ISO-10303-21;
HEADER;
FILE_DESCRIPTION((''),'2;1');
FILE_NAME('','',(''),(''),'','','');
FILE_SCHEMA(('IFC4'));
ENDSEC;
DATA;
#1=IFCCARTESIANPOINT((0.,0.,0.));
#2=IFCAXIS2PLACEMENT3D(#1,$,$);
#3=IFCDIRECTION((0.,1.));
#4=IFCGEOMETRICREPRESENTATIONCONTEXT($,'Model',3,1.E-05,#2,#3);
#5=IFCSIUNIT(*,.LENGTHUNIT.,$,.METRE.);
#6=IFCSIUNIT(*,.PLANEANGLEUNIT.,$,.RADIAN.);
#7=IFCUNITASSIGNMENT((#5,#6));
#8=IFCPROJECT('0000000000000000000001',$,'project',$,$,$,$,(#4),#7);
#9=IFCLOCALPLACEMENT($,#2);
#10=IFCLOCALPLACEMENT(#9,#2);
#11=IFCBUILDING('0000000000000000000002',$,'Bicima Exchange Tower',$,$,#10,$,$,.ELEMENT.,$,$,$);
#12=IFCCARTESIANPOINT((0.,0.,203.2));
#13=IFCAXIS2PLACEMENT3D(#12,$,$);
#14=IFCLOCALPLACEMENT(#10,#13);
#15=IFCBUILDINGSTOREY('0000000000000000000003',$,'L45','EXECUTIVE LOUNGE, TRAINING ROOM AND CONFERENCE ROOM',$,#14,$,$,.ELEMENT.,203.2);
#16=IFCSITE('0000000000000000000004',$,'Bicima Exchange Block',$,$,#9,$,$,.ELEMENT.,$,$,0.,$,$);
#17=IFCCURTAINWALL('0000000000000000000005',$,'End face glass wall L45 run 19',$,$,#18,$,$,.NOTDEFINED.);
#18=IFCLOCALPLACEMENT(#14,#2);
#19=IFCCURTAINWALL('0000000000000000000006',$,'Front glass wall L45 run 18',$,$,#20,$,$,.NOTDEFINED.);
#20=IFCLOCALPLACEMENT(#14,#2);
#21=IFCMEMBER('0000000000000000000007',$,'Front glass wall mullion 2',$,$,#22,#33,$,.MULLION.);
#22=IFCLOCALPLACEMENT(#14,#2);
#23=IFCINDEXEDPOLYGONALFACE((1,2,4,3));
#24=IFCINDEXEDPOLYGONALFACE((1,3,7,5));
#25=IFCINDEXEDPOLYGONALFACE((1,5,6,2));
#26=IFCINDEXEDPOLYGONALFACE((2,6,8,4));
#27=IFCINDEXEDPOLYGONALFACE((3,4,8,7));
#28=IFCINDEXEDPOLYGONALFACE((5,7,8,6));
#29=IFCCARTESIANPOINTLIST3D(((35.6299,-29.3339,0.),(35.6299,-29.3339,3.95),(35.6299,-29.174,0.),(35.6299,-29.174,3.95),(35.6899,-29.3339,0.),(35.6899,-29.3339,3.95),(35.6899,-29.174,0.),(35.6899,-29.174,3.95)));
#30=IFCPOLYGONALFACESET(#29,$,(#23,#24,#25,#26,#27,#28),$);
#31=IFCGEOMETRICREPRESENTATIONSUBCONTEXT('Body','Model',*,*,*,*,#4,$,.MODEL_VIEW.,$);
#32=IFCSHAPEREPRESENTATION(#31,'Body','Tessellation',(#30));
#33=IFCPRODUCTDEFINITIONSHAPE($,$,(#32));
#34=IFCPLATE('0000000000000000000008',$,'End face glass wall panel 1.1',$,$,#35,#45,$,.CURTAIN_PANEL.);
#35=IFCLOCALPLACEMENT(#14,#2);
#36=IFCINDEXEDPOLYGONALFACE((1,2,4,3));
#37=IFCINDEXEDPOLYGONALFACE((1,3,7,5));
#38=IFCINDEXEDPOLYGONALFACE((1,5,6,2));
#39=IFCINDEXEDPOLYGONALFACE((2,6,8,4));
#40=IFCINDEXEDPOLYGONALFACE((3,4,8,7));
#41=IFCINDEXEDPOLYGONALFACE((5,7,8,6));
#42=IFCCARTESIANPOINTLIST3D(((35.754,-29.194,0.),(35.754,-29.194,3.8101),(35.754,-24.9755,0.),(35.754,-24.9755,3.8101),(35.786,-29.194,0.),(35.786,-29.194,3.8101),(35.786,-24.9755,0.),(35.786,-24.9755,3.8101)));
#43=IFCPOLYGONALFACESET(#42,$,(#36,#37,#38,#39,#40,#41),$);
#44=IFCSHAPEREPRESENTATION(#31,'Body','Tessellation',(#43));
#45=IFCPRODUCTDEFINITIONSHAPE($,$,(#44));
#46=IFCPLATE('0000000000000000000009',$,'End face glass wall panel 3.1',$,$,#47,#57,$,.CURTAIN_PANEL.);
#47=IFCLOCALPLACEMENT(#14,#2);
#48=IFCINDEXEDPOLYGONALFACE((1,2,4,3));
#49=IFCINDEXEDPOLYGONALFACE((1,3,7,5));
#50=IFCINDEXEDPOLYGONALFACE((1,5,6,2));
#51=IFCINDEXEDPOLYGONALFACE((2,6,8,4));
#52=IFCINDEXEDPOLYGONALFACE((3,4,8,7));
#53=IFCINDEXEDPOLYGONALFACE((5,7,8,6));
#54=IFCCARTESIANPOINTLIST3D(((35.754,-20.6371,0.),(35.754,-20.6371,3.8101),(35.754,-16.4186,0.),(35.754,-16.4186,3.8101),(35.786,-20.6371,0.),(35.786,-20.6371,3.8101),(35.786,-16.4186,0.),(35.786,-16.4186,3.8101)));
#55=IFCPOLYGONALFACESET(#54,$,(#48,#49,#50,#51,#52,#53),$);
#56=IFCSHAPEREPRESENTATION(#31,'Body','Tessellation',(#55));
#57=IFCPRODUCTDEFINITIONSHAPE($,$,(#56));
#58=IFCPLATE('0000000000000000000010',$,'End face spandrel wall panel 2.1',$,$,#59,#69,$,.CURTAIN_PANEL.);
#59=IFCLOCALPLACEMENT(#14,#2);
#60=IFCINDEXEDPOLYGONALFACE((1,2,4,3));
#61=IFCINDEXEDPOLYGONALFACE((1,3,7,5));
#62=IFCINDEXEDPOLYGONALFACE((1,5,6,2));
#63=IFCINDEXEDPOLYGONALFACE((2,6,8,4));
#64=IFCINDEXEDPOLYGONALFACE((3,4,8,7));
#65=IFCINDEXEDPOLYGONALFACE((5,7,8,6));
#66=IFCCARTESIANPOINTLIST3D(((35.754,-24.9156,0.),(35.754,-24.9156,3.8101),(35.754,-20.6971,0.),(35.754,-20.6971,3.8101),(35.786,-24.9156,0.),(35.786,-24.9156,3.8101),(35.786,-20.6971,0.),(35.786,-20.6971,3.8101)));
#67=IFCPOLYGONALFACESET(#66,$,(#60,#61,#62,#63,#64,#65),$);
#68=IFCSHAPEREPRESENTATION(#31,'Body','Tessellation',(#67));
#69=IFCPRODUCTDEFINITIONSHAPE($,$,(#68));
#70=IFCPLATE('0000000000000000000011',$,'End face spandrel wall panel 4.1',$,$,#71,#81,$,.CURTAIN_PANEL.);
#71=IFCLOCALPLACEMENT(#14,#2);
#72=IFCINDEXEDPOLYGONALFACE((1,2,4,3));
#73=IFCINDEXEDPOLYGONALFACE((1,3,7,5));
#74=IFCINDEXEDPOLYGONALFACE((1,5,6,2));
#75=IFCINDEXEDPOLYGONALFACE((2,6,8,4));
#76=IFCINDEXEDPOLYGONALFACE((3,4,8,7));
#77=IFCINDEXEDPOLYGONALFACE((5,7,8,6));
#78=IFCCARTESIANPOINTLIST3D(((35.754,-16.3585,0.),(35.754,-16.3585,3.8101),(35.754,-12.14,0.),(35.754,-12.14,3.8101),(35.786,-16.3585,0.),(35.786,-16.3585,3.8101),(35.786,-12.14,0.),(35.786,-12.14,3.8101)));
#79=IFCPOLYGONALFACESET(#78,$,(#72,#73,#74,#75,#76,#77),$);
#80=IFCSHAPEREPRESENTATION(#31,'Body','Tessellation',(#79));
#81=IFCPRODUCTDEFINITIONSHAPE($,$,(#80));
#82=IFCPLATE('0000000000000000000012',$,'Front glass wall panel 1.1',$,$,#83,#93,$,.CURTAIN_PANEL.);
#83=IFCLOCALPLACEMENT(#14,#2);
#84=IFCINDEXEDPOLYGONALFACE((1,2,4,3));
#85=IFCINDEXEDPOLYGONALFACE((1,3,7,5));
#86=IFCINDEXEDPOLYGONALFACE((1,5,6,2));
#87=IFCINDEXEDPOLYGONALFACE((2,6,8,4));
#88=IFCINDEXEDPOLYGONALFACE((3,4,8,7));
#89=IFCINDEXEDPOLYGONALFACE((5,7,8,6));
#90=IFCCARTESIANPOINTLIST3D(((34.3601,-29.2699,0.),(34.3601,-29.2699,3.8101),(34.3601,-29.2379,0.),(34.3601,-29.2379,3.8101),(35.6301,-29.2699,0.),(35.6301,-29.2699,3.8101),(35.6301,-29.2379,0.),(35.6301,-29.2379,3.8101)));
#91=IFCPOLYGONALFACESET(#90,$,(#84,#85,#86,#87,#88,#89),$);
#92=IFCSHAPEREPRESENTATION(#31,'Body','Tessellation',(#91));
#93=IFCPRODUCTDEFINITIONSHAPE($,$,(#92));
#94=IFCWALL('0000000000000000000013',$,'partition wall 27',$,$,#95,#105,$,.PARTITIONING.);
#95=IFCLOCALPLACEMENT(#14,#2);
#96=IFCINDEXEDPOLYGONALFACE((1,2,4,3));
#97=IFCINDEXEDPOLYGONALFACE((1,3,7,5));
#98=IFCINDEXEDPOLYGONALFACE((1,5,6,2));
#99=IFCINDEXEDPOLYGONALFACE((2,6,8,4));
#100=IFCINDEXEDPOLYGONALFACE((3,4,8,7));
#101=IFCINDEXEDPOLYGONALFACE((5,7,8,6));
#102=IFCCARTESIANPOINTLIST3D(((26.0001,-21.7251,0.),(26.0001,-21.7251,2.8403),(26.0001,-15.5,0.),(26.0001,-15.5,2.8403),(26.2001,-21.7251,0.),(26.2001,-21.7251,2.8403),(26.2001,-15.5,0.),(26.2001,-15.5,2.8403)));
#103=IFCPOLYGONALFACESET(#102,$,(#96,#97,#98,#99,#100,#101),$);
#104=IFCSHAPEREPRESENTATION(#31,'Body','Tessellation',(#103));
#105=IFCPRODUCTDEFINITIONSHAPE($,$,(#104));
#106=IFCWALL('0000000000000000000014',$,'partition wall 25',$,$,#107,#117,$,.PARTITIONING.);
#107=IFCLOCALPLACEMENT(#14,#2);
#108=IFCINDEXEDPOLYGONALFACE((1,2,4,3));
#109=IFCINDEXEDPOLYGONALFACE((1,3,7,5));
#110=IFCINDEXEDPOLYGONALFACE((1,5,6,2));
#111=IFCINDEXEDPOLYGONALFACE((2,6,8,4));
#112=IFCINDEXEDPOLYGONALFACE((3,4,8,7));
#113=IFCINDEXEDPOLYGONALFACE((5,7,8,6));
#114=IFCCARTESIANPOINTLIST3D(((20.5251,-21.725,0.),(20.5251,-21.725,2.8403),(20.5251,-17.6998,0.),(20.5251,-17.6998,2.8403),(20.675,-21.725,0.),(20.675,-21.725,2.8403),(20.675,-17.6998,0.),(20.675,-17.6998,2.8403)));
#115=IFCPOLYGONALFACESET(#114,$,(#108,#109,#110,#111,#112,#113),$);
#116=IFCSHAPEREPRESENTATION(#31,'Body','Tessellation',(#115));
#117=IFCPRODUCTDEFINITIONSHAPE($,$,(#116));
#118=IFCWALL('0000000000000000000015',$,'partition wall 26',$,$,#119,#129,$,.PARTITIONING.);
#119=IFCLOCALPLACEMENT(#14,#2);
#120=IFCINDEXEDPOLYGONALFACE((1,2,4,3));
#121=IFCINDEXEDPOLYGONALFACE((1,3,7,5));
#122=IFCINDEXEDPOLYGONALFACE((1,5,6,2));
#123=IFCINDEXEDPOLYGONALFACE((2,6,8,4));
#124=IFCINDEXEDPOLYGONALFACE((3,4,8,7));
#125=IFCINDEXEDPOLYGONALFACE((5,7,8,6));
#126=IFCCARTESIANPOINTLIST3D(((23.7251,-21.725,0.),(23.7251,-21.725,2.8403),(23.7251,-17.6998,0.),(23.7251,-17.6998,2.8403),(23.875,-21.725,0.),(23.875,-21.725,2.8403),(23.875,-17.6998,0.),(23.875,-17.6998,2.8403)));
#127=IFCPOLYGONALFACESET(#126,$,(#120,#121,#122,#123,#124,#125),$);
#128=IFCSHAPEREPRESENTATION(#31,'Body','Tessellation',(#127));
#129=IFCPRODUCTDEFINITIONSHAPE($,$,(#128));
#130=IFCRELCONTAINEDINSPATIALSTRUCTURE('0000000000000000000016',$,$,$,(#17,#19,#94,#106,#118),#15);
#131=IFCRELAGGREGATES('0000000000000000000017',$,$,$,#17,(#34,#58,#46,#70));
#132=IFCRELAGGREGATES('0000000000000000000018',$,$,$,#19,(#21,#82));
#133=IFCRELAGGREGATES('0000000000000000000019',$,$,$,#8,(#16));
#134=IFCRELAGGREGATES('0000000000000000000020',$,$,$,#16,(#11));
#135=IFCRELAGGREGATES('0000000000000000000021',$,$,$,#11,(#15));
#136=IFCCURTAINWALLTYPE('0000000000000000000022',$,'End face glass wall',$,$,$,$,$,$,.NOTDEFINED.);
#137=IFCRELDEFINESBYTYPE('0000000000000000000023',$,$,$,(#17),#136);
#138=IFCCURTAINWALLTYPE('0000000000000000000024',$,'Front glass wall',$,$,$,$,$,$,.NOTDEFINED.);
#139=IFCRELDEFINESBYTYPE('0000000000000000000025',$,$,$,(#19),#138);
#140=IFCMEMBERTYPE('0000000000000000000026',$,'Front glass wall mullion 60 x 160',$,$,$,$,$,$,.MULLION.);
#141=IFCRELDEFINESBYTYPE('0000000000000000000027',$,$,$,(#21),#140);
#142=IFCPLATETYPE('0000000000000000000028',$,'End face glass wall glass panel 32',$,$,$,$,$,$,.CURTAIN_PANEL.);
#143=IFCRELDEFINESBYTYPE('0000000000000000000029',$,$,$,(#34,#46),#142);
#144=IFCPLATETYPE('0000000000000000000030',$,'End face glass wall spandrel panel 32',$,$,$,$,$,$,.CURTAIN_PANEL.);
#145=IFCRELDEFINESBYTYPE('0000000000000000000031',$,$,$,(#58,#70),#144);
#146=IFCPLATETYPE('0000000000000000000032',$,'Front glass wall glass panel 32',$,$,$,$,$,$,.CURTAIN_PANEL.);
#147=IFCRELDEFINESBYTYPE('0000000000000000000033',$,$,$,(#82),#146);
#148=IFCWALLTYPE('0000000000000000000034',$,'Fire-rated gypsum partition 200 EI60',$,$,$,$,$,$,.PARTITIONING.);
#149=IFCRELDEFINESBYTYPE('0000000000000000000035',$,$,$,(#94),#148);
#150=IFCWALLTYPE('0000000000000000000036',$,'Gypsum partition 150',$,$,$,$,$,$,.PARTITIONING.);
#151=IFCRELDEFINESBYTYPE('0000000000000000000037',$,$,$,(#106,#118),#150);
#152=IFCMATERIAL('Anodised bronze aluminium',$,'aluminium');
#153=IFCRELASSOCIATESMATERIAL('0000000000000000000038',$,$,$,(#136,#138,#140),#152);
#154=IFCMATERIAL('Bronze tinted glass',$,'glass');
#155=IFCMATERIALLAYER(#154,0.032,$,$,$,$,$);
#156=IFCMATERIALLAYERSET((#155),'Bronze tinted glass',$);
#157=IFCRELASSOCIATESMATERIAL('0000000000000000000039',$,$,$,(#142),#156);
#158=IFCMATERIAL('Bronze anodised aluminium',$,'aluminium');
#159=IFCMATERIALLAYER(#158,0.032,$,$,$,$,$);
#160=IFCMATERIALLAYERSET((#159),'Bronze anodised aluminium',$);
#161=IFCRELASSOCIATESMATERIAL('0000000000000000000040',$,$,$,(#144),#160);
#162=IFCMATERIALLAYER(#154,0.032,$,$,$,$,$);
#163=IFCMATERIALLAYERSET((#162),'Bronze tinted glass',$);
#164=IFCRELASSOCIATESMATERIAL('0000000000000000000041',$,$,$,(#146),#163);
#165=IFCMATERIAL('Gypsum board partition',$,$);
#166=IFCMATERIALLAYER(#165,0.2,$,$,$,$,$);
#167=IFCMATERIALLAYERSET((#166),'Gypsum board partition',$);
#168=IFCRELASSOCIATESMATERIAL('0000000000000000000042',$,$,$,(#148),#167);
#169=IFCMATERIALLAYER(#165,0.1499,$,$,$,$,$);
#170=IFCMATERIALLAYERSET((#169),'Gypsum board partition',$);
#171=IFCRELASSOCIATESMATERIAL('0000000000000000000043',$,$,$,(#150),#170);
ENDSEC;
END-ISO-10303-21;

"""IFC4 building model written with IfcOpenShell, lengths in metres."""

from ifc_helpers import new_model, si_unit, direction, frame, frame_2d, origin, origin_2d, place, context, subcontext, project, spatial, rectangle, extrude, material, layer, layer_set, material_profile, profile_set, type_object, element, aggregate, save


model = new_model("IFC4")

# Units and contexts
model_context = context("Model", 3, precision=1e-05, world=origin(), true_north=direction((0.0, 1.0)))
body_context = subcontext(model_context, "Body", "Model", "MODEL_VIEW")
ifc_project = project(units=[si_unit("LENGTHUNIT", "METRE"), si_unit("PLANEANGLEUNIT", "RADIAN")], contexts=[model_context])

# Site, building, storey
site_placement = place(None, origin())
site = spatial("IfcSite", under=ifc_project, at=site_placement, Name="Bicima Exchange Block", CompositionType="ELEMENT", RefElevation=0.0)
building_placement = place(site_placement, origin())
building = spatial("IfcBuilding", under=site, at=building_placement, Name="Bicima Exchange Tower", CompositionType="ELEMENT")
storey_placement = place(building_placement, frame((0.0, 0.0, 203.2)))
storey = spatial("IfcBuildingStorey", under=building, at=storey_placement, Name="L45", Description="EXECUTIVE LOUNGE, TRAINING ROOM AND CONFERENCE ROOM", CompositionType="ELEMENT", Elevation=203.2)

# Curtain wall
ifc_material_1 = material(Name="Anodised bronze aluminium", Category="aluminium")
curtain_wall_type_1 = type_object("IfcCurtainWallType", Name="End face glass wall", PredefinedType="NOTDEFINED", material=ifc_material_1)
curtain_wall_1_placement = place(storey_placement, origin())
curtain_wall_1 = element("IfcCurtainWall", 1, at=curtain_wall_1_placement, inside=storey, type_object=curtain_wall_type_1, Name="End face glass wall L45 run 19", PredefinedType="NOTDEFINED")
ifc_material_profile_1 = material_profile(ifc_material_1, rectangle(XDim=0.1599, YDim=0.0601, at=origin_2d()))
ifc_profile_set_1 = profile_set([ifc_material_profile_1], Name="Anodised bronze aluminium")

# Curtain wall, member
curtain_wall_type_2 = type_object("IfcCurtainWallType", Name="Front glass wall", PredefinedType="NOTDEFINED", material=ifc_material_1)
curtain_wall_2_placement = place(storey_placement, origin())
curtain_wall_2 = element("IfcCurtainWall", 2, at=curtain_wall_2_placement, inside=storey, type_object=curtain_wall_type_2, Name="Front glass wall L45 run 18", PredefinedType="NOTDEFINED")
member_type_1 = type_object("IfcMemberType", Name="Front glass wall mullion 60 x 160", PredefinedType="MULLION", material=ifc_profile_set_1)
member_1_placement = place(storey_placement, frame((35.6599, -29.2539, 0.0), z_axis=(0.0, 0.0, 1.0), x_axis=(0.0, 1.0, 0.0)))
member_1 = element("IfcMember", 3, at=member_1_placement, type_object=member_type_1, Name="Front glass wall mullion 2", PredefinedType="MULLION", context=body_context, shape_type="SweptSolid", body=[
    extrude(rectangle(XDim=0.1599, YDim=0.0601, at=origin_2d()), origin(), (0.0, 0.0, 1.0), 3.95),
])

# Plates
ifc_material_2 = material(Name="Bronze tinted glass", Category="glass")
ifc_layer_1 = layer(ifc_material_2, 0.032)
ifc_layer_set_1 = layer_set([ifc_layer_1], Name="Bronze tinted glass")
plate_type_1 = type_object("IfcPlateType", Name="End face glass wall glass panel 32", PredefinedType="CURTAIN_PANEL", material=ifc_layer_set_1)
plate_1_placement = place(storey_placement, frame((35.77, -27.0847, 0.0), z_axis=(0.0, 0.0, 1.0), x_axis=(0.0, 1.0, 0.0)))
plate_1 = element("IfcPlate", 4, at=plate_1_placement, type_object=plate_type_1, Name="End face glass wall panel 1.1", PredefinedType="CURTAIN_PANEL", context=body_context, shape_type="SweptSolid", body=[
    extrude(rectangle(XDim=4.2185, YDim=0.032, at=origin_2d()), origin(), (0.0, 0.0, 1.0), 3.8101),
])
plate_2_placement = place(storey_placement, frame((35.77, -18.5278, 0.0), z_axis=(0.0, 0.0, 1.0), x_axis=(0.0, 1.0, 0.0)))
plate_2 = element("IfcPlate", 5, at=plate_2_placement, type_object=plate_type_1, Name="End face glass wall panel 3.1", PredefinedType="CURTAIN_PANEL", context=body_context, shape_type="SweptSolid", body=[
    extrude(rectangle(XDim=4.2185, YDim=0.032, at=origin_2d()), origin(), (0.0, 0.0, 1.0), 3.8101),
])
ifc_material_3 = material(Name="Bronze anodised aluminium", Category="aluminium")
ifc_layer_2 = layer(ifc_material_3, 0.032)
ifc_layer_set_2 = layer_set([ifc_layer_2], Name="Bronze anodised aluminium")
plate_type_2 = type_object("IfcPlateType", Name="End face glass wall spandrel panel 32", PredefinedType="CURTAIN_PANEL", material=ifc_layer_set_2)
plate_3_placement = place(storey_placement, frame((35.77, -22.8064, 0.0), z_axis=(0.0, 0.0, 1.0), x_axis=(0.0, 1.0, 0.0)))
plate_3 = element("IfcPlate", 6, at=plate_3_placement, type_object=plate_type_2, Name="End face spandrel wall panel 2.1", PredefinedType="CURTAIN_PANEL", context=body_context, shape_type="SweptSolid", body=[
    extrude(rectangle(XDim=4.2185, YDim=0.032, at=origin_2d()), origin(), (0.0, 0.0, 1.0), 3.8101),
])
plate_4_placement = place(storey_placement, frame((35.77, -14.2493, 0.0), z_axis=(0.0, 0.0, 1.0), x_axis=(0.0, 1.0, 0.0)))
plate_4 = element("IfcPlate", 7, at=plate_4_placement, type_object=plate_type_2, Name="End face spandrel wall panel 4.1", PredefinedType="CURTAIN_PANEL", context=body_context, shape_type="SweptSolid", body=[
    extrude(rectangle(XDim=4.2185, YDim=0.032, at=origin_2d()), origin(), (0.0, 0.0, 1.0), 3.8101),
])
aggregate(curtain_wall_1, [plate_1, plate_3, plate_2, plate_4])
ifc_layer_3 = layer(ifc_material_2, 0.032)
ifc_layer_set_3 = layer_set([ifc_layer_3], Name="Bronze tinted glass")
plate_type_3 = type_object("IfcPlateType", Name="Front glass wall glass panel 32", PredefinedType="CURTAIN_PANEL", material=ifc_layer_set_3)
plate_5_placement = place(storey_placement, frame((34.9951, -29.2539, 0.0), z_axis=(0.0, 0.0, 1.0), x_axis=(1.0, 0.0, 0.0)))
plate_5 = element("IfcPlate", 8, at=plate_5_placement, type_object=plate_type_3, Name="Front glass wall panel 1.1", PredefinedType="CURTAIN_PANEL", context=body_context, shape_type="SweptSolid", body=[
    extrude(rectangle(XDim=1.27, YDim=0.032, at=origin_2d()), origin(), (0.0, 0.0, 1.0), 3.8101),
])
aggregate(curtain_wall_2, [member_1, plate_5])

# Walls
ifc_material_4 = material(Name="Gypsum board partition")
ifc_layer_4 = layer(ifc_material_4, 0.2)
ifc_layer_set_4 = layer_set([ifc_layer_4], Name="Gypsum board partition")
wall_type_1 = type_object("IfcWallType", Name="Fire-rated gypsum partition 200 EI60", PredefinedType="PARTITIONING", material=ifc_layer_set_4)
wall_placement = place(storey_placement, frame((26.1001, -21.7251, 0.0), z_axis=(0.0, 0.0, 1.0), x_axis=(0.0, 1.0, 0.0)))
element("IfcWall", 9, at=wall_placement, inside=storey, type_object=wall_type_1, Name="partition wall 27", PredefinedType="PARTITIONING", context=body_context, shape_type="SweptSolid", body=[
    extrude(rectangle(XDim=6.2251, YDim=0.2, at=frame_2d((3.1125, 0.0))), origin(), (0.0, 0.0, 1.0), 2.8403),
])
ifc_layer_5 = layer(ifc_material_4, 0.1499)
ifc_layer_set_5 = layer_set([ifc_layer_5], Name="Gypsum board partition")
wall_type_2 = type_object("IfcWallType", Name="Gypsum partition 150", PredefinedType="PARTITIONING", material=ifc_layer_set_5)
for number, where, z_axis, x_axis, name in (
    (10, (20.6001, -21.7251, 0.0), (0.0, 0.0, 1.0), (0.0, 1.0, 0.0), "partition wall 25"),
    (11, (23.8, -21.7251, 0.0), (0.0, 0.0, 1.0), (0.0, 1.0, 0.0), "partition wall 26"),
):
    element("IfcWall", number, at=place(storey_placement, frame(where, z_axis=z_axis, x_axis=x_axis)), inside=storey, type_object=wall_type_2, Name=name, PredefinedType="PARTITIONING", context=body_context, shape_type="SweptSolid", body=[
        extrude(rectangle(XDim=4.0251, YDim=0.1499, at=frame_2d((2.0127, 0.0))), origin(), (0.0, 0.0, 1.0), 2.8403),
    ])

save(model, "model.ifc")
